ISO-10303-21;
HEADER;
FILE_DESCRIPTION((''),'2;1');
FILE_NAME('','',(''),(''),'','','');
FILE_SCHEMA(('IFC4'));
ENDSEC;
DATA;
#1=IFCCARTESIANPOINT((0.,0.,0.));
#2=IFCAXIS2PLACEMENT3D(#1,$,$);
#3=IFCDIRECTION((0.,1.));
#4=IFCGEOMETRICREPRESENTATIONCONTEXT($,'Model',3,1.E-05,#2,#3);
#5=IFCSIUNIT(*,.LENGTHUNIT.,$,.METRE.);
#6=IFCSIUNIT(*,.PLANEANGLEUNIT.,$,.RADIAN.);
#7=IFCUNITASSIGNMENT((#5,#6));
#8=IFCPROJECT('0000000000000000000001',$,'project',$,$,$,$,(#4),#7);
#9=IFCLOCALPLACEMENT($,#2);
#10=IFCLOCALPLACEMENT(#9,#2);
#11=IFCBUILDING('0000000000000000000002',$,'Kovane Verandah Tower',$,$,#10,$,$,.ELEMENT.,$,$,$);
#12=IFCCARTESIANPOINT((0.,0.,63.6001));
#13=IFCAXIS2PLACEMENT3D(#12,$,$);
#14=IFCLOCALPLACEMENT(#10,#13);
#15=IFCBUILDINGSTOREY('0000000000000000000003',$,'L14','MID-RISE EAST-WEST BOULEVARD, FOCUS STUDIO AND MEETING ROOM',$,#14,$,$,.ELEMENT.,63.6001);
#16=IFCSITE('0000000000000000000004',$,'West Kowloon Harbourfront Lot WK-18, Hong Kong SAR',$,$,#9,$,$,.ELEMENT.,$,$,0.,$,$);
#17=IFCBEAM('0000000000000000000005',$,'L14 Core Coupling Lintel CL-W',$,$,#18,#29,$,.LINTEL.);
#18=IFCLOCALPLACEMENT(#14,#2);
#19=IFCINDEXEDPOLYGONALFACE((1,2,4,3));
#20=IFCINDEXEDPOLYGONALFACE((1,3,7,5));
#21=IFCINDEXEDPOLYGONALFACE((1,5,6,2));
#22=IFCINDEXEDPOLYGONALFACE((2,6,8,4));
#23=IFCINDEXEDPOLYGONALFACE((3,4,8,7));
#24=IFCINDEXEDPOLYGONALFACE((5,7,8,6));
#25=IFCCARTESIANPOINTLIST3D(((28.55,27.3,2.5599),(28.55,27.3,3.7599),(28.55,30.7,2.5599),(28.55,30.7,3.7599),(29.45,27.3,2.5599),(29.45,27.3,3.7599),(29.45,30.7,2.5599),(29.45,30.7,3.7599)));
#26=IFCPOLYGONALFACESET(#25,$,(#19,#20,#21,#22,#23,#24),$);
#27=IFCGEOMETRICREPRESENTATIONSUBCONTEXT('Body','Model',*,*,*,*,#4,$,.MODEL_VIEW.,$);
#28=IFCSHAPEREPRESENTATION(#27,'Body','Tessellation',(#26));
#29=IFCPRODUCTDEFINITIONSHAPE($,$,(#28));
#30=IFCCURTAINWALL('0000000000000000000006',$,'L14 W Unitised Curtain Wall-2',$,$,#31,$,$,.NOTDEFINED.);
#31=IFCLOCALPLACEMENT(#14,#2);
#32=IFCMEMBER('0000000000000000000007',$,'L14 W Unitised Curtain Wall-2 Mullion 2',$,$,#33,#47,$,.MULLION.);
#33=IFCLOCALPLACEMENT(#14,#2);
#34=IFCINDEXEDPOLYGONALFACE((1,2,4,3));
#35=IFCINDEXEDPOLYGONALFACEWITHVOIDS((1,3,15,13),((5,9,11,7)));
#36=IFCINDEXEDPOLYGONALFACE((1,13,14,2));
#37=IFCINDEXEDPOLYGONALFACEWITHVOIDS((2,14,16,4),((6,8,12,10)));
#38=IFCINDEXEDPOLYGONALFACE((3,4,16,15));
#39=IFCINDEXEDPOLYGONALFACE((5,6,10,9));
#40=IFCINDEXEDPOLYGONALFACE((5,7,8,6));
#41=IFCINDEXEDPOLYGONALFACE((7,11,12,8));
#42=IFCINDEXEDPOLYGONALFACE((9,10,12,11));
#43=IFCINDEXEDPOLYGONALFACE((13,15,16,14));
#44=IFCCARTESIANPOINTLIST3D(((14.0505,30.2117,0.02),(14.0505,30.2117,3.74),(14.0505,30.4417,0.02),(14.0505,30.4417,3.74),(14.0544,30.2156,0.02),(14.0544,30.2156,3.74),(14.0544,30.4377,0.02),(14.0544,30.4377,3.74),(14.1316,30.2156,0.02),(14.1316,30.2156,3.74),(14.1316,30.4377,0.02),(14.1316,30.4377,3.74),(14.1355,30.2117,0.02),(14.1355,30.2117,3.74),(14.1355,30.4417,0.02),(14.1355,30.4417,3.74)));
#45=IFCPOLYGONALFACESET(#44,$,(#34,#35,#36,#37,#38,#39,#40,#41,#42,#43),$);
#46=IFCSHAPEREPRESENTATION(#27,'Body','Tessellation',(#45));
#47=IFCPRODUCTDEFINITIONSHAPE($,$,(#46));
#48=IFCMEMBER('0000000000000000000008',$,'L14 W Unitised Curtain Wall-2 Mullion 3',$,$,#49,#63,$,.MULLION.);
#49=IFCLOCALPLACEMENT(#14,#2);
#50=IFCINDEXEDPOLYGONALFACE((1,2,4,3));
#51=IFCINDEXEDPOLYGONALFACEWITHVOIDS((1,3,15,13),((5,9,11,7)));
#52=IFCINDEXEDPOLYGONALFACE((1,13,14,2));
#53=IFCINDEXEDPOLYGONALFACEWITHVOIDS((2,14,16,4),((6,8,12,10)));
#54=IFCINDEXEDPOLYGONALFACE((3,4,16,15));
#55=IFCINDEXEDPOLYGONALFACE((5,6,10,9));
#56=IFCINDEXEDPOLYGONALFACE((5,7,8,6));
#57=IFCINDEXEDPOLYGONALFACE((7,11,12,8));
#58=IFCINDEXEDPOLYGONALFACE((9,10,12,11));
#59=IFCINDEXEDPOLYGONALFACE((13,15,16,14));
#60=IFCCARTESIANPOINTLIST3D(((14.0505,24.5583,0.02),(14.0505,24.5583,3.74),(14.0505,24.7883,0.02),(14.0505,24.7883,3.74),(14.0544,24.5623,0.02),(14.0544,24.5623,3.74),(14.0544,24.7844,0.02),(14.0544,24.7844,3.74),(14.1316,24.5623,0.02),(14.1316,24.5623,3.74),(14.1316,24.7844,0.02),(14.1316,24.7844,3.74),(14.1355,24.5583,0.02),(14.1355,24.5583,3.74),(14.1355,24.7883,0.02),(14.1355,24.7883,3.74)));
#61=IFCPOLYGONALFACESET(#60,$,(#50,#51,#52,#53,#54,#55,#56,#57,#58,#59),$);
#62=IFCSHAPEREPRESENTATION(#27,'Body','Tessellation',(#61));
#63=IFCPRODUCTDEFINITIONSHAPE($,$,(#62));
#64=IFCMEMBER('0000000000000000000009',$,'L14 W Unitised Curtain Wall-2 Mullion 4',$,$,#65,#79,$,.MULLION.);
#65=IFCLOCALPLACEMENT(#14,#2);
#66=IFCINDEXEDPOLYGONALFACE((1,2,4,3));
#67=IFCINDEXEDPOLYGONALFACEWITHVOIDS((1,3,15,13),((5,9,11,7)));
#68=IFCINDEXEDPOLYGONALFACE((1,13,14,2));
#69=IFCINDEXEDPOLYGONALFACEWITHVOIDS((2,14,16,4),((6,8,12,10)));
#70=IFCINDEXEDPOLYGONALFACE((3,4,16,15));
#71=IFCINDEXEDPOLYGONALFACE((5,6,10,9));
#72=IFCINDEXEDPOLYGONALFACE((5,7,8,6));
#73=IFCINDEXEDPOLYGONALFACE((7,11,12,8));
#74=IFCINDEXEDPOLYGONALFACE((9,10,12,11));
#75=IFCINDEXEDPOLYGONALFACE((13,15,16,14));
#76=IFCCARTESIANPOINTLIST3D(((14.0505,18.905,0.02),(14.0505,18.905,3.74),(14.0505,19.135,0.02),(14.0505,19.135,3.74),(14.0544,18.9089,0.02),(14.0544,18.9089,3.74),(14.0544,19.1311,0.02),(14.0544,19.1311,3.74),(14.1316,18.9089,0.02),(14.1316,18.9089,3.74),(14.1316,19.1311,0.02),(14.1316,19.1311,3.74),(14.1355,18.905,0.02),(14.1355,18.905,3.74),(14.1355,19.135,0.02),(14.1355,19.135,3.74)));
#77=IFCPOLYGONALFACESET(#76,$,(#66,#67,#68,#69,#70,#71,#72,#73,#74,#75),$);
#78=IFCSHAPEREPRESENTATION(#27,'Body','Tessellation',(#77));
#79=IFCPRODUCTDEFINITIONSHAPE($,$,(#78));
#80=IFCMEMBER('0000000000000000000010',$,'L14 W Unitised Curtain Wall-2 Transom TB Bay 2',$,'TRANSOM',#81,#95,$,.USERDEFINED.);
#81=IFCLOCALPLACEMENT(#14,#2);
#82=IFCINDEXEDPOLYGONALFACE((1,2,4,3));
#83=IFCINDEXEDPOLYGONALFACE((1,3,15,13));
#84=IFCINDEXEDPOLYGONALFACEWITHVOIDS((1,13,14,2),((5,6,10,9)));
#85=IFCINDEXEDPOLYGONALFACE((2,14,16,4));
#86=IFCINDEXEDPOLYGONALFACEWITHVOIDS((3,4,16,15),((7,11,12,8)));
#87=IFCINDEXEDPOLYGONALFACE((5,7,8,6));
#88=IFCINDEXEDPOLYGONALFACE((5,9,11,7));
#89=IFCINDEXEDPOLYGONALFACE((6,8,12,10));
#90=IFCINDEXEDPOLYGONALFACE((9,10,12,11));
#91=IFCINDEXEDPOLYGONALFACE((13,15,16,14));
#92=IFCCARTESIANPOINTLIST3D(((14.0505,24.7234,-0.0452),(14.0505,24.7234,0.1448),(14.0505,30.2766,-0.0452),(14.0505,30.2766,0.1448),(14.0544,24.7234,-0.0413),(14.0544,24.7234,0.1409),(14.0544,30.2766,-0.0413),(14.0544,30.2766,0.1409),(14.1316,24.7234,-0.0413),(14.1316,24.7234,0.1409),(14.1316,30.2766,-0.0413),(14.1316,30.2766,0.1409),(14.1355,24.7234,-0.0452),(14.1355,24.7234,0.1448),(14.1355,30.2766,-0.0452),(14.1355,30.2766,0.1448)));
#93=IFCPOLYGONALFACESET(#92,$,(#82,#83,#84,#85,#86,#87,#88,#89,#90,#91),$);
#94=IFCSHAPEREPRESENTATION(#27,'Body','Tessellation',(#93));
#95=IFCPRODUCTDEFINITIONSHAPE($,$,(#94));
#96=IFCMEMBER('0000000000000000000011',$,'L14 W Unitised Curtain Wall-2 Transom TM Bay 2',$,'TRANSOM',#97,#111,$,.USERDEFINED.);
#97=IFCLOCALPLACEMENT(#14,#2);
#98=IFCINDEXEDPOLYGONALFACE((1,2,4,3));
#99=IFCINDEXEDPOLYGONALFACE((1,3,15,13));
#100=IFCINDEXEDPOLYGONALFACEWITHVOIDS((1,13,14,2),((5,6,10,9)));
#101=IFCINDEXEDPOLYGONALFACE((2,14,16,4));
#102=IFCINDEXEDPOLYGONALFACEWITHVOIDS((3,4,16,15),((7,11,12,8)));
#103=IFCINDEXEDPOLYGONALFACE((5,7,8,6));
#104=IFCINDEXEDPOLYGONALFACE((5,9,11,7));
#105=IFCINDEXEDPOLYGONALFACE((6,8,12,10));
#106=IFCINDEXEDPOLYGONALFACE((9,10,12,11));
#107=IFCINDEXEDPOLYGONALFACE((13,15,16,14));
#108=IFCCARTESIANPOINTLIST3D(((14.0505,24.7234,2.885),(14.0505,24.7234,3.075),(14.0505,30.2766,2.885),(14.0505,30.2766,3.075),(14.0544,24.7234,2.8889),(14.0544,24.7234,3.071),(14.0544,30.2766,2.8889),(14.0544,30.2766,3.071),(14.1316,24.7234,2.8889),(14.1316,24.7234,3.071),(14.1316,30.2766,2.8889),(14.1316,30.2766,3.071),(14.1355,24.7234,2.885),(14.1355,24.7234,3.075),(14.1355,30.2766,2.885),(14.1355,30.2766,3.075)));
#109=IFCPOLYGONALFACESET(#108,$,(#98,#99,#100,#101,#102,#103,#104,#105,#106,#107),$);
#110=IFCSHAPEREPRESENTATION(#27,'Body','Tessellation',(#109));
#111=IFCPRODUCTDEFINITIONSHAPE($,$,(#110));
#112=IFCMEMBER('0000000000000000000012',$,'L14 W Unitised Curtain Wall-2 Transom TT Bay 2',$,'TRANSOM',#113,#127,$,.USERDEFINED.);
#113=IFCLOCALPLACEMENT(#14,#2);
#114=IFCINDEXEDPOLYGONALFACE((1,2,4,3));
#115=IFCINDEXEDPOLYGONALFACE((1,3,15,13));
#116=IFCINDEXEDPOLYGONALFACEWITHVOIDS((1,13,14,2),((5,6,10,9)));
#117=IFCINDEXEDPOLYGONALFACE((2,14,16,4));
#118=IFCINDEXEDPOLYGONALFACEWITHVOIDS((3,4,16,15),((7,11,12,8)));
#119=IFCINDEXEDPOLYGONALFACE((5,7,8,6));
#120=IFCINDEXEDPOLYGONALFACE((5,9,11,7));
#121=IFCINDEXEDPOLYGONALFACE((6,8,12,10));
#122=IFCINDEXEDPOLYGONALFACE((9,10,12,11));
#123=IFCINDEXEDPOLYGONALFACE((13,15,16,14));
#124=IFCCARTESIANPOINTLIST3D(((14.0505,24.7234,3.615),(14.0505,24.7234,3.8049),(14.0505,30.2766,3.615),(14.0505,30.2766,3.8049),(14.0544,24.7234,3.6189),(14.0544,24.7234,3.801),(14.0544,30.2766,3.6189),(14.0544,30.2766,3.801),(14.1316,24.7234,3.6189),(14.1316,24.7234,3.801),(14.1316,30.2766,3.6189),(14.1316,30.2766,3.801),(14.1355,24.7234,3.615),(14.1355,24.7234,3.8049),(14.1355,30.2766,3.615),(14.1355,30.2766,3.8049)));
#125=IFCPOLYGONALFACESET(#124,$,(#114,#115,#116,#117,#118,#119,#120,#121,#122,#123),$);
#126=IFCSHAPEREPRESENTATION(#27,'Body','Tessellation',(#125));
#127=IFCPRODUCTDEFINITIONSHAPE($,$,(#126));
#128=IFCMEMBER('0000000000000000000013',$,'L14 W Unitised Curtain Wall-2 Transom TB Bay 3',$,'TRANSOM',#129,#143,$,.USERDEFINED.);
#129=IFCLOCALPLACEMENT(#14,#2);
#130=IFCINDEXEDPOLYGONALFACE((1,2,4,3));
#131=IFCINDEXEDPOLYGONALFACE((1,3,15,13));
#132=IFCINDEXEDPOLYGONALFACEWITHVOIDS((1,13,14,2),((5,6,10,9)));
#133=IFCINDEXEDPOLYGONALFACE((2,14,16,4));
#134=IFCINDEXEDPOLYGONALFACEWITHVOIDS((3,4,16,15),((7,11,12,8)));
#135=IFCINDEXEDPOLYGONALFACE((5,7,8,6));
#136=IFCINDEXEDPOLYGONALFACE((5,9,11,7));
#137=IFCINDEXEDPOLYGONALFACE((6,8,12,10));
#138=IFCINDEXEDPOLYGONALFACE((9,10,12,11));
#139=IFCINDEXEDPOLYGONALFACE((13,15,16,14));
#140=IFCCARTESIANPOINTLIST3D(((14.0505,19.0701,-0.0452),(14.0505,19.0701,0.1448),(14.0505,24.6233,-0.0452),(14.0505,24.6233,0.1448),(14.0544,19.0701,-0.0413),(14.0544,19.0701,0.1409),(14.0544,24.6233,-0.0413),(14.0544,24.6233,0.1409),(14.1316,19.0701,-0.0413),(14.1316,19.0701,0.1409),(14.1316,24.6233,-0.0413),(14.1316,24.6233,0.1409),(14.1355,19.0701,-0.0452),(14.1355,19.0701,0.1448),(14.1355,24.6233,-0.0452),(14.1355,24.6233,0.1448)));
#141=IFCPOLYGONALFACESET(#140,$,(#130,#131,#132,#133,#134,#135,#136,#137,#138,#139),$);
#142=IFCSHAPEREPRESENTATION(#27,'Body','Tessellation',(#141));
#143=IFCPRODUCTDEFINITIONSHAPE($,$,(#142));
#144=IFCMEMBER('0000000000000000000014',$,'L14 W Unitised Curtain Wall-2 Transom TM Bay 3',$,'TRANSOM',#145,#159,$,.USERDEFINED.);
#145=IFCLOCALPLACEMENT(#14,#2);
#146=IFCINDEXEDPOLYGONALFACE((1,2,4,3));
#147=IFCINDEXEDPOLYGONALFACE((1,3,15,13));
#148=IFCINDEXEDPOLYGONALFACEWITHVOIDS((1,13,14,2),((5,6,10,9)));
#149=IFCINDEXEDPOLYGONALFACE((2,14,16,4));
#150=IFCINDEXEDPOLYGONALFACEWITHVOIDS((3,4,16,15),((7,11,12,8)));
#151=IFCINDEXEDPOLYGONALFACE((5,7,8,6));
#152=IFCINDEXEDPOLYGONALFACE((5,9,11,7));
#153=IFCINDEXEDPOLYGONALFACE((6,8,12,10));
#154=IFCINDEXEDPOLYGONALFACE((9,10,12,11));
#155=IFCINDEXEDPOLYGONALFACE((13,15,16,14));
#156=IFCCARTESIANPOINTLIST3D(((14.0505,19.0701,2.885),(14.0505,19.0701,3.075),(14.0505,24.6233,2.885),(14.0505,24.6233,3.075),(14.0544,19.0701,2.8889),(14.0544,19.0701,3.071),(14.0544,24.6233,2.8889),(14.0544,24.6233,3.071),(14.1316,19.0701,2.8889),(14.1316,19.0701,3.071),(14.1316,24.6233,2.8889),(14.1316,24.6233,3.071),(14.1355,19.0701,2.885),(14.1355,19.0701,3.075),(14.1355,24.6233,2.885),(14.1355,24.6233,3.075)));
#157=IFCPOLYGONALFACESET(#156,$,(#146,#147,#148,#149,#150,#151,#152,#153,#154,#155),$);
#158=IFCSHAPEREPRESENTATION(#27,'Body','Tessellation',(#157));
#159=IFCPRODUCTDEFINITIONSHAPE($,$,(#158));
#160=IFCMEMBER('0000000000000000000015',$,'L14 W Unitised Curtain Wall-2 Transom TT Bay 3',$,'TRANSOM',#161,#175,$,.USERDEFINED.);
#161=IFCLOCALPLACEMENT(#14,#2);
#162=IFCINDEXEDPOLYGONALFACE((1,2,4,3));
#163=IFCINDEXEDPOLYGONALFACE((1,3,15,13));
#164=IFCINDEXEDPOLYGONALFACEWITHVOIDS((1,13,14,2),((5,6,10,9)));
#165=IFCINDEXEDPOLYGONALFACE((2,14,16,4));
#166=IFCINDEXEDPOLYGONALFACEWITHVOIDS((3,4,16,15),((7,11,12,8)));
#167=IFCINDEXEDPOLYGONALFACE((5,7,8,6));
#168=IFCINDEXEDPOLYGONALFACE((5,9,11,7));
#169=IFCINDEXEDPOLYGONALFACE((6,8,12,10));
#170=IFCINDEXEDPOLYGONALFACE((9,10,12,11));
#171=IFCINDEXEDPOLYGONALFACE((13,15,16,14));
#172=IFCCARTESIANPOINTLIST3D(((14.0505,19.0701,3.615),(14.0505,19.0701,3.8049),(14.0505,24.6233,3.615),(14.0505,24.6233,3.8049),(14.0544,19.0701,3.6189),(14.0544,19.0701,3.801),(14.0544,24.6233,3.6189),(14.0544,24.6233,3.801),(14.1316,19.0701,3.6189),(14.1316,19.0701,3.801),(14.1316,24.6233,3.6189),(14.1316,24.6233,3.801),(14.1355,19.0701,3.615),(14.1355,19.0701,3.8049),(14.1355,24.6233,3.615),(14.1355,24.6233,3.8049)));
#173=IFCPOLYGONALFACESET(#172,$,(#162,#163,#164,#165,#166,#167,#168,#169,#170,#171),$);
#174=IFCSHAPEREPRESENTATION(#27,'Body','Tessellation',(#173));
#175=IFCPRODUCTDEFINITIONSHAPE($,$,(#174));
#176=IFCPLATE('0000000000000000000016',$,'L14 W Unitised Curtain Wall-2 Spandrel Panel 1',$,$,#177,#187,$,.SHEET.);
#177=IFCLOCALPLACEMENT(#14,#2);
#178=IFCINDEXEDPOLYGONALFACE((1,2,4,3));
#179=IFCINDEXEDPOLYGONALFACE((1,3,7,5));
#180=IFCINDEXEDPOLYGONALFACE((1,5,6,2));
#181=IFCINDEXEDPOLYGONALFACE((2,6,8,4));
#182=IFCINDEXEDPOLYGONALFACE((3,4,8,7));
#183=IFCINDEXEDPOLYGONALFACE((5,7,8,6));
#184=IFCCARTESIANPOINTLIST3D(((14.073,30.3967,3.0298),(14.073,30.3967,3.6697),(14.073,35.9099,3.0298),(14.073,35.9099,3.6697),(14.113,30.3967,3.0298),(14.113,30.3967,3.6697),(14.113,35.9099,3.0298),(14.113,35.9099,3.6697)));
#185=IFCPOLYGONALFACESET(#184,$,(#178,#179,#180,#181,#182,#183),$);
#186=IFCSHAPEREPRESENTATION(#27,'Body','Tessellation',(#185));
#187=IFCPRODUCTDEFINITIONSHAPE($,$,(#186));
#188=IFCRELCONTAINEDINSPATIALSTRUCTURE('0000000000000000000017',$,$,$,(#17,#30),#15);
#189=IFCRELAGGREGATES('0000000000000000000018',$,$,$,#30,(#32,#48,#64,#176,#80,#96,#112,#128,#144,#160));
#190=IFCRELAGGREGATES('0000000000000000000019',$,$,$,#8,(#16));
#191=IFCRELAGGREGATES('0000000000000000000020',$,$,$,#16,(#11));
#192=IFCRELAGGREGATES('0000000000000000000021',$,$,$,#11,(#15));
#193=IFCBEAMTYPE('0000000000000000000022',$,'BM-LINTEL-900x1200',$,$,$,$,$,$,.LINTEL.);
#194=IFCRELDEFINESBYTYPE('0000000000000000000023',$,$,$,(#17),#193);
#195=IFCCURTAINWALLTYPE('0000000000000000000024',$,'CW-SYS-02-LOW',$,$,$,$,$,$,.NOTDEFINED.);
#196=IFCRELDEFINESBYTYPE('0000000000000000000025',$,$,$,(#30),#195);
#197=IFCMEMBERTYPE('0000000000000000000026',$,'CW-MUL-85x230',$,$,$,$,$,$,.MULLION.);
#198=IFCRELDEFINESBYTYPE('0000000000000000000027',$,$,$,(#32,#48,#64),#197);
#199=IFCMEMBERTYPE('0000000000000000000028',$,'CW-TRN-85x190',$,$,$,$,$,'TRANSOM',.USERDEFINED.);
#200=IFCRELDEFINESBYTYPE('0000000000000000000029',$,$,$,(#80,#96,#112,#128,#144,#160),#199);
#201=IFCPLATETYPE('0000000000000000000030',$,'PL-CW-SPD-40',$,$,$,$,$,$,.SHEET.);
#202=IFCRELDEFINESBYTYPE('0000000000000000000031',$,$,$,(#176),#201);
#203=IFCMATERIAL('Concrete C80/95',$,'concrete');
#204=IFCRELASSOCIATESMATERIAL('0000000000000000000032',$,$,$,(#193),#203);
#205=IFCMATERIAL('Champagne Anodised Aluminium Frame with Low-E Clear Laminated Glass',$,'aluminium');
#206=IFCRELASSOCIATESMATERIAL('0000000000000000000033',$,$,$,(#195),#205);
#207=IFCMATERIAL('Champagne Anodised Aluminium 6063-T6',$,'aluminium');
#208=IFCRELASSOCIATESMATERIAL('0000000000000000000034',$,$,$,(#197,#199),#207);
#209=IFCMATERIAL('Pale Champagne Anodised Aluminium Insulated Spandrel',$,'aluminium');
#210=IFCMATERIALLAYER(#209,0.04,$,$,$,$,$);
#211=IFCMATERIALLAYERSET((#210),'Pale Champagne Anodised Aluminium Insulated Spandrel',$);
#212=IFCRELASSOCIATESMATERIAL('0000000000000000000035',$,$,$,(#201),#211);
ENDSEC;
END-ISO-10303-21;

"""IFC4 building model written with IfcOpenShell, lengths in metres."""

from ifc_helpers import new_model, si_unit, direction, frame, origin, origin_2d, place, context, subcontext, project, spatial, rectangle, hollow_rectangle, extrude, material, layer, layer_set, material_profile, profile_set, type_object, element, aggregate, save


model = new_model("IFC4")

# Units and contexts
model_context = context("Model", 3, precision=1e-05, world=origin(), true_north=direction((0.0, 1.0)))
body_context = subcontext(model_context, "Body", "Model", "MODEL_VIEW")
ifc_project = project(units=[si_unit("LENGTHUNIT", "METRE"), si_unit("PLANEANGLEUNIT", "RADIAN")], contexts=[model_context])

# Site, building, storey
site_placement = place(None, origin())
site = spatial("IfcSite", under=ifc_project, at=site_placement, Name="West Kowloon Harbourfront Lot WK-18, Hong Kong SAR", CompositionType="ELEMENT", RefElevation=0.0)
building_placement = place(site_placement, origin())
building = spatial("IfcBuilding", under=site, at=building_placement, Name="Kovane Verandah Tower", CompositionType="ELEMENT")
storey_placement = place(building_placement, frame((0.0, 0.0, 63.6001)))
storey = spatial("IfcBuildingStorey", under=building, at=storey_placement, Name="L14", Description="MID-RISE EAST-WEST BOULEVARD, FOCUS STUDIO AND MEETING ROOM", CompositionType="ELEMENT", Elevation=63.6001)

# Beam
ifc_material_1 = material(Name="Concrete C80/95", Category="concrete")
ifc_material_profile_1 = material_profile(ifc_material_1, rectangle(XDim=0.8999, YDim=1.2, at=origin_2d()), Name="RCB900x1200")
ifc_profile_set_1 = profile_set([ifc_material_profile_1], Name="Concrete C80/95")
beam_type = type_object("IfcBeamType", Name="BM-LINTEL-900x1200", PredefinedType="LINTEL", material=ifc_profile_set_1)
beam_placement = place(storey_placement, frame((29.0, 27.3, 3.1599), z_axis=(0.0, 1.0, 0.0), x_axis=(-1.0, 0.0, 0.0)))
element("IfcBeam", 1, at=beam_placement, inside=storey, type_object=beam_type, Name="L14 Core Coupling Lintel CL-W", PredefinedType="LINTEL", context=body_context, shape_type="SweptSolid", body=[
    extrude(rectangle(XDim=0.8999, YDim=1.2, at=origin_2d()), origin(), (0.0, 0.0, 1.0), 3.3999),
])

# Curtain wall, members, plate
ifc_material_2 = material(Name="Champagne Anodised Aluminium Frame with Low-E Clear Laminated Glass", Category="aluminium")
curtain_wall_type = type_object("IfcCurtainWallType", Name="CW-SYS-02-LOW", PredefinedType="NOTDEFINED", material=ifc_material_2)
curtain_wall_placement = place(storey_placement, origin())
curtain_wall = element("IfcCurtainWall", 2, at=curtain_wall_placement, inside=storey, type_object=curtain_wall_type, Name="L14 W Unitised Curtain Wall-2", PredefinedType="NOTDEFINED")
ifc_material_3 = material(Name="Champagne Anodised Aluminium 6063-T6", Category="aluminium")
ifc_material_profile_2 = material_profile(ifc_material_3, hollow_rectangle(XDim=0.085, YDim=0.23, WallThickness=0.0039, at=origin_2d()), Name="AL85x230x4")
ifc_profile_set_2 = profile_set([ifc_material_profile_2], Name="Champagne Anodised Aluminium 6063-T6")
member_type_1 = type_object("IfcMemberType", Name="CW-MUL-85x230", PredefinedType="MULLION", material=ifc_profile_set_2)
member_1_placement = place(storey_placement, frame((14.093, 30.3267, 0.02), z_axis=(0.0, 0.0, 1.0), x_axis=(-1.0, 0.0, 0.0)))
member_1 = element("IfcMember", 3, at=member_1_placement, type_object=member_type_1, Name="L14 W Unitised Curtain Wall-2 Mullion 2", PredefinedType="MULLION", context=body_context, shape_type="SweptSolid", body=[
    extrude(hollow_rectangle(XDim=0.085, YDim=0.23, WallThickness=0.0039, at=origin_2d()), origin(), (0.0, 0.0, 1.0), 3.72),
])
member_2_placement = place(storey_placement, frame((14.093, 24.6733, 0.02), z_axis=(0.0, 0.0, 1.0), x_axis=(-1.0, 0.0, 0.0)))
member_2 = element("IfcMember", 4, at=member_2_placement, type_object=member_type_1, Name="L14 W Unitised Curtain Wall-2 Mullion 3", PredefinedType="MULLION", context=body_context, shape_type="SweptSolid", body=[
    extrude(hollow_rectangle(XDim=0.085, YDim=0.23, WallThickness=0.0039, at=origin_2d()), origin(), (0.0, 0.0, 1.0), 3.72),
])
member_3_placement = place(storey_placement, frame((14.093, 19.02, 0.02), z_axis=(0.0, 0.0, 1.0), x_axis=(-1.0, 0.0, 0.0)))
member_3 = element("IfcMember", 5, at=member_3_placement, type_object=member_type_1, Name="L14 W Unitised Curtain Wall-2 Mullion 4", PredefinedType="MULLION", context=body_context, shape_type="SweptSolid", body=[
    extrude(hollow_rectangle(XDim=0.085, YDim=0.23, WallThickness=0.0039, at=origin_2d()), origin(), (0.0, 0.0, 1.0), 3.72),
])
ifc_material_profile_3 = material_profile(ifc_material_3, hollow_rectangle(XDim=0.085, YDim=0.1899, WallThickness=0.0039, at=origin_2d()), Name="AL85x190x4")
ifc_profile_set_3 = profile_set([ifc_material_profile_3], Name="Champagne Anodised Aluminium 6063-T6")
member_type_2 = type_object("IfcMemberType", Name="CW-TRN-85x190", ElementType="TRANSOM", PredefinedType="USERDEFINED", material=ifc_profile_set_3)
member_4_placement = place(storey_placement, frame((14.093, 30.2766, 0.0498), z_axis=(0.0, -1.0, 0.0), x_axis=(1.0, 0.0, 0.0)))
member_4 = element("IfcMember", 6, at=member_4_placement, type_object=member_type_2, Name="L14 W Unitised Curtain Wall-2 Transom TB Bay 2", ObjectType="TRANSOM", PredefinedType="USERDEFINED", context=body_context, shape_type="SweptSolid", body=[
    extrude(hollow_rectangle(XDim=0.085, YDim=0.1899, WallThickness=0.0039, at=origin_2d()), origin(), (0.0, 0.0, 1.0), 5.5532),
])
member_5_placement = place(storey_placement, frame((14.093, 30.2766, 2.98), z_axis=(0.0, -1.0, 0.0), x_axis=(1.0, 0.0, 0.0)))
member_5 = element("IfcMember", 7, at=member_5_placement, type_object=member_type_2, Name="L14 W Unitised Curtain Wall-2 Transom TM Bay 2", ObjectType="TRANSOM", PredefinedType="USERDEFINED", context=body_context, shape_type="SweptSolid", body=[
    extrude(hollow_rectangle(XDim=0.085, YDim=0.1899, WallThickness=0.0039, at=origin_2d()), origin(), (0.0, 0.0, 1.0), 5.5532),
])
member_6_placement = place(storey_placement, frame((14.093, 30.2766, 3.71), z_axis=(0.0, -1.0, 0.0), x_axis=(1.0, 0.0, 0.0)))
member_6 = element("IfcMember", 8, at=member_6_placement, type_object=member_type_2, Name="L14 W Unitised Curtain Wall-2 Transom TT Bay 2", ObjectType="TRANSOM", PredefinedType="USERDEFINED", context=body_context, shape_type="SweptSolid", body=[
    extrude(hollow_rectangle(XDim=0.085, YDim=0.1899, WallThickness=0.0039, at=origin_2d()), origin(), (0.0, 0.0, 1.0), 5.5532),
])
member_7_placement = place(storey_placement, frame((14.093, 24.6233, 0.0498), z_axis=(0.0, -1.0, 0.0), x_axis=(1.0, 0.0, 0.0)))
member_7 = element("IfcMember", 9, at=member_7_placement, type_object=member_type_2, Name="L14 W Unitised Curtain Wall-2 Transom TB Bay 3", ObjectType="TRANSOM", PredefinedType="USERDEFINED", context=body_context, shape_type="SweptSolid", body=[
    extrude(hollow_rectangle(XDim=0.085, YDim=0.1899, WallThickness=0.0039, at=origin_2d()), origin(), (0.0, 0.0, 1.0), 5.5532),
])
member_8_placement = place(storey_placement, frame((14.093, 24.6233, 2.98), z_axis=(0.0, -1.0, 0.0), x_axis=(1.0, 0.0, 0.0)))
member_8 = element("IfcMember", 10, at=member_8_placement, type_object=member_type_2, Name="L14 W Unitised Curtain Wall-2 Transom TM Bay 3", ObjectType="TRANSOM", PredefinedType="USERDEFINED", context=body_context, shape_type="SweptSolid", body=[
    extrude(hollow_rectangle(XDim=0.085, YDim=0.1899, WallThickness=0.0039, at=origin_2d()), origin(), (0.0, 0.0, 1.0), 5.5532),
])
member_9_placement = place(storey_placement, frame((14.093, 24.6233, 3.71), z_axis=(0.0, -1.0, 0.0), x_axis=(1.0, 0.0, 0.0)))
member_9 = element("IfcMember", 11, at=member_9_placement, type_object=member_type_2, Name="L14 W Unitised Curtain Wall-2 Transom TT Bay 3", ObjectType="TRANSOM", PredefinedType="USERDEFINED", context=body_context, shape_type="SweptSolid", body=[
    extrude(hollow_rectangle(XDim=0.085, YDim=0.1899, WallThickness=0.0039, at=origin_2d()), origin(), (0.0, 0.0, 1.0), 5.5532),
])
ifc_material_4 = material(Name="Pale Champagne Anodised Aluminium Insulated Spandrel", Category="aluminium")
ifc_layer_1 = layer(ifc_material_4, 0.04)
ifc_layer_set_1 = layer_set([ifc_layer_1], Name="Pale Champagne Anodised Aluminium Insulated Spandrel")
plate_type_1 = type_object("IfcPlateType", Name="PL-CW-SPD-40", PredefinedType="SHEET", material=ifc_layer_set_1)
plate_1_placement = place(storey_placement, frame((14.093, 33.1533, 3.0298), z_axis=(0.0, 0.0, 1.0), x_axis=(0.0, -1.0, 0.0)))
plate_1 = element("IfcPlate", 12, at=plate_1_placement, type_object=plate_type_1, Name="L14 W Unitised Curtain Wall-2 Spandrel Panel 1", PredefinedType="SHEET", context=body_context, shape_type="SweptSolid", body=[
    extrude(rectangle(XDim=5.5132, YDim=0.04, at=origin_2d()), origin(), (0.0, 0.0, 1.0), 0.6399),
])
aggregate(curtain_wall, [member_1, member_2, member_3, plate_1, member_4, member_5, member_6, member_7, member_8, member_9])

save(model, "model.ifc")
